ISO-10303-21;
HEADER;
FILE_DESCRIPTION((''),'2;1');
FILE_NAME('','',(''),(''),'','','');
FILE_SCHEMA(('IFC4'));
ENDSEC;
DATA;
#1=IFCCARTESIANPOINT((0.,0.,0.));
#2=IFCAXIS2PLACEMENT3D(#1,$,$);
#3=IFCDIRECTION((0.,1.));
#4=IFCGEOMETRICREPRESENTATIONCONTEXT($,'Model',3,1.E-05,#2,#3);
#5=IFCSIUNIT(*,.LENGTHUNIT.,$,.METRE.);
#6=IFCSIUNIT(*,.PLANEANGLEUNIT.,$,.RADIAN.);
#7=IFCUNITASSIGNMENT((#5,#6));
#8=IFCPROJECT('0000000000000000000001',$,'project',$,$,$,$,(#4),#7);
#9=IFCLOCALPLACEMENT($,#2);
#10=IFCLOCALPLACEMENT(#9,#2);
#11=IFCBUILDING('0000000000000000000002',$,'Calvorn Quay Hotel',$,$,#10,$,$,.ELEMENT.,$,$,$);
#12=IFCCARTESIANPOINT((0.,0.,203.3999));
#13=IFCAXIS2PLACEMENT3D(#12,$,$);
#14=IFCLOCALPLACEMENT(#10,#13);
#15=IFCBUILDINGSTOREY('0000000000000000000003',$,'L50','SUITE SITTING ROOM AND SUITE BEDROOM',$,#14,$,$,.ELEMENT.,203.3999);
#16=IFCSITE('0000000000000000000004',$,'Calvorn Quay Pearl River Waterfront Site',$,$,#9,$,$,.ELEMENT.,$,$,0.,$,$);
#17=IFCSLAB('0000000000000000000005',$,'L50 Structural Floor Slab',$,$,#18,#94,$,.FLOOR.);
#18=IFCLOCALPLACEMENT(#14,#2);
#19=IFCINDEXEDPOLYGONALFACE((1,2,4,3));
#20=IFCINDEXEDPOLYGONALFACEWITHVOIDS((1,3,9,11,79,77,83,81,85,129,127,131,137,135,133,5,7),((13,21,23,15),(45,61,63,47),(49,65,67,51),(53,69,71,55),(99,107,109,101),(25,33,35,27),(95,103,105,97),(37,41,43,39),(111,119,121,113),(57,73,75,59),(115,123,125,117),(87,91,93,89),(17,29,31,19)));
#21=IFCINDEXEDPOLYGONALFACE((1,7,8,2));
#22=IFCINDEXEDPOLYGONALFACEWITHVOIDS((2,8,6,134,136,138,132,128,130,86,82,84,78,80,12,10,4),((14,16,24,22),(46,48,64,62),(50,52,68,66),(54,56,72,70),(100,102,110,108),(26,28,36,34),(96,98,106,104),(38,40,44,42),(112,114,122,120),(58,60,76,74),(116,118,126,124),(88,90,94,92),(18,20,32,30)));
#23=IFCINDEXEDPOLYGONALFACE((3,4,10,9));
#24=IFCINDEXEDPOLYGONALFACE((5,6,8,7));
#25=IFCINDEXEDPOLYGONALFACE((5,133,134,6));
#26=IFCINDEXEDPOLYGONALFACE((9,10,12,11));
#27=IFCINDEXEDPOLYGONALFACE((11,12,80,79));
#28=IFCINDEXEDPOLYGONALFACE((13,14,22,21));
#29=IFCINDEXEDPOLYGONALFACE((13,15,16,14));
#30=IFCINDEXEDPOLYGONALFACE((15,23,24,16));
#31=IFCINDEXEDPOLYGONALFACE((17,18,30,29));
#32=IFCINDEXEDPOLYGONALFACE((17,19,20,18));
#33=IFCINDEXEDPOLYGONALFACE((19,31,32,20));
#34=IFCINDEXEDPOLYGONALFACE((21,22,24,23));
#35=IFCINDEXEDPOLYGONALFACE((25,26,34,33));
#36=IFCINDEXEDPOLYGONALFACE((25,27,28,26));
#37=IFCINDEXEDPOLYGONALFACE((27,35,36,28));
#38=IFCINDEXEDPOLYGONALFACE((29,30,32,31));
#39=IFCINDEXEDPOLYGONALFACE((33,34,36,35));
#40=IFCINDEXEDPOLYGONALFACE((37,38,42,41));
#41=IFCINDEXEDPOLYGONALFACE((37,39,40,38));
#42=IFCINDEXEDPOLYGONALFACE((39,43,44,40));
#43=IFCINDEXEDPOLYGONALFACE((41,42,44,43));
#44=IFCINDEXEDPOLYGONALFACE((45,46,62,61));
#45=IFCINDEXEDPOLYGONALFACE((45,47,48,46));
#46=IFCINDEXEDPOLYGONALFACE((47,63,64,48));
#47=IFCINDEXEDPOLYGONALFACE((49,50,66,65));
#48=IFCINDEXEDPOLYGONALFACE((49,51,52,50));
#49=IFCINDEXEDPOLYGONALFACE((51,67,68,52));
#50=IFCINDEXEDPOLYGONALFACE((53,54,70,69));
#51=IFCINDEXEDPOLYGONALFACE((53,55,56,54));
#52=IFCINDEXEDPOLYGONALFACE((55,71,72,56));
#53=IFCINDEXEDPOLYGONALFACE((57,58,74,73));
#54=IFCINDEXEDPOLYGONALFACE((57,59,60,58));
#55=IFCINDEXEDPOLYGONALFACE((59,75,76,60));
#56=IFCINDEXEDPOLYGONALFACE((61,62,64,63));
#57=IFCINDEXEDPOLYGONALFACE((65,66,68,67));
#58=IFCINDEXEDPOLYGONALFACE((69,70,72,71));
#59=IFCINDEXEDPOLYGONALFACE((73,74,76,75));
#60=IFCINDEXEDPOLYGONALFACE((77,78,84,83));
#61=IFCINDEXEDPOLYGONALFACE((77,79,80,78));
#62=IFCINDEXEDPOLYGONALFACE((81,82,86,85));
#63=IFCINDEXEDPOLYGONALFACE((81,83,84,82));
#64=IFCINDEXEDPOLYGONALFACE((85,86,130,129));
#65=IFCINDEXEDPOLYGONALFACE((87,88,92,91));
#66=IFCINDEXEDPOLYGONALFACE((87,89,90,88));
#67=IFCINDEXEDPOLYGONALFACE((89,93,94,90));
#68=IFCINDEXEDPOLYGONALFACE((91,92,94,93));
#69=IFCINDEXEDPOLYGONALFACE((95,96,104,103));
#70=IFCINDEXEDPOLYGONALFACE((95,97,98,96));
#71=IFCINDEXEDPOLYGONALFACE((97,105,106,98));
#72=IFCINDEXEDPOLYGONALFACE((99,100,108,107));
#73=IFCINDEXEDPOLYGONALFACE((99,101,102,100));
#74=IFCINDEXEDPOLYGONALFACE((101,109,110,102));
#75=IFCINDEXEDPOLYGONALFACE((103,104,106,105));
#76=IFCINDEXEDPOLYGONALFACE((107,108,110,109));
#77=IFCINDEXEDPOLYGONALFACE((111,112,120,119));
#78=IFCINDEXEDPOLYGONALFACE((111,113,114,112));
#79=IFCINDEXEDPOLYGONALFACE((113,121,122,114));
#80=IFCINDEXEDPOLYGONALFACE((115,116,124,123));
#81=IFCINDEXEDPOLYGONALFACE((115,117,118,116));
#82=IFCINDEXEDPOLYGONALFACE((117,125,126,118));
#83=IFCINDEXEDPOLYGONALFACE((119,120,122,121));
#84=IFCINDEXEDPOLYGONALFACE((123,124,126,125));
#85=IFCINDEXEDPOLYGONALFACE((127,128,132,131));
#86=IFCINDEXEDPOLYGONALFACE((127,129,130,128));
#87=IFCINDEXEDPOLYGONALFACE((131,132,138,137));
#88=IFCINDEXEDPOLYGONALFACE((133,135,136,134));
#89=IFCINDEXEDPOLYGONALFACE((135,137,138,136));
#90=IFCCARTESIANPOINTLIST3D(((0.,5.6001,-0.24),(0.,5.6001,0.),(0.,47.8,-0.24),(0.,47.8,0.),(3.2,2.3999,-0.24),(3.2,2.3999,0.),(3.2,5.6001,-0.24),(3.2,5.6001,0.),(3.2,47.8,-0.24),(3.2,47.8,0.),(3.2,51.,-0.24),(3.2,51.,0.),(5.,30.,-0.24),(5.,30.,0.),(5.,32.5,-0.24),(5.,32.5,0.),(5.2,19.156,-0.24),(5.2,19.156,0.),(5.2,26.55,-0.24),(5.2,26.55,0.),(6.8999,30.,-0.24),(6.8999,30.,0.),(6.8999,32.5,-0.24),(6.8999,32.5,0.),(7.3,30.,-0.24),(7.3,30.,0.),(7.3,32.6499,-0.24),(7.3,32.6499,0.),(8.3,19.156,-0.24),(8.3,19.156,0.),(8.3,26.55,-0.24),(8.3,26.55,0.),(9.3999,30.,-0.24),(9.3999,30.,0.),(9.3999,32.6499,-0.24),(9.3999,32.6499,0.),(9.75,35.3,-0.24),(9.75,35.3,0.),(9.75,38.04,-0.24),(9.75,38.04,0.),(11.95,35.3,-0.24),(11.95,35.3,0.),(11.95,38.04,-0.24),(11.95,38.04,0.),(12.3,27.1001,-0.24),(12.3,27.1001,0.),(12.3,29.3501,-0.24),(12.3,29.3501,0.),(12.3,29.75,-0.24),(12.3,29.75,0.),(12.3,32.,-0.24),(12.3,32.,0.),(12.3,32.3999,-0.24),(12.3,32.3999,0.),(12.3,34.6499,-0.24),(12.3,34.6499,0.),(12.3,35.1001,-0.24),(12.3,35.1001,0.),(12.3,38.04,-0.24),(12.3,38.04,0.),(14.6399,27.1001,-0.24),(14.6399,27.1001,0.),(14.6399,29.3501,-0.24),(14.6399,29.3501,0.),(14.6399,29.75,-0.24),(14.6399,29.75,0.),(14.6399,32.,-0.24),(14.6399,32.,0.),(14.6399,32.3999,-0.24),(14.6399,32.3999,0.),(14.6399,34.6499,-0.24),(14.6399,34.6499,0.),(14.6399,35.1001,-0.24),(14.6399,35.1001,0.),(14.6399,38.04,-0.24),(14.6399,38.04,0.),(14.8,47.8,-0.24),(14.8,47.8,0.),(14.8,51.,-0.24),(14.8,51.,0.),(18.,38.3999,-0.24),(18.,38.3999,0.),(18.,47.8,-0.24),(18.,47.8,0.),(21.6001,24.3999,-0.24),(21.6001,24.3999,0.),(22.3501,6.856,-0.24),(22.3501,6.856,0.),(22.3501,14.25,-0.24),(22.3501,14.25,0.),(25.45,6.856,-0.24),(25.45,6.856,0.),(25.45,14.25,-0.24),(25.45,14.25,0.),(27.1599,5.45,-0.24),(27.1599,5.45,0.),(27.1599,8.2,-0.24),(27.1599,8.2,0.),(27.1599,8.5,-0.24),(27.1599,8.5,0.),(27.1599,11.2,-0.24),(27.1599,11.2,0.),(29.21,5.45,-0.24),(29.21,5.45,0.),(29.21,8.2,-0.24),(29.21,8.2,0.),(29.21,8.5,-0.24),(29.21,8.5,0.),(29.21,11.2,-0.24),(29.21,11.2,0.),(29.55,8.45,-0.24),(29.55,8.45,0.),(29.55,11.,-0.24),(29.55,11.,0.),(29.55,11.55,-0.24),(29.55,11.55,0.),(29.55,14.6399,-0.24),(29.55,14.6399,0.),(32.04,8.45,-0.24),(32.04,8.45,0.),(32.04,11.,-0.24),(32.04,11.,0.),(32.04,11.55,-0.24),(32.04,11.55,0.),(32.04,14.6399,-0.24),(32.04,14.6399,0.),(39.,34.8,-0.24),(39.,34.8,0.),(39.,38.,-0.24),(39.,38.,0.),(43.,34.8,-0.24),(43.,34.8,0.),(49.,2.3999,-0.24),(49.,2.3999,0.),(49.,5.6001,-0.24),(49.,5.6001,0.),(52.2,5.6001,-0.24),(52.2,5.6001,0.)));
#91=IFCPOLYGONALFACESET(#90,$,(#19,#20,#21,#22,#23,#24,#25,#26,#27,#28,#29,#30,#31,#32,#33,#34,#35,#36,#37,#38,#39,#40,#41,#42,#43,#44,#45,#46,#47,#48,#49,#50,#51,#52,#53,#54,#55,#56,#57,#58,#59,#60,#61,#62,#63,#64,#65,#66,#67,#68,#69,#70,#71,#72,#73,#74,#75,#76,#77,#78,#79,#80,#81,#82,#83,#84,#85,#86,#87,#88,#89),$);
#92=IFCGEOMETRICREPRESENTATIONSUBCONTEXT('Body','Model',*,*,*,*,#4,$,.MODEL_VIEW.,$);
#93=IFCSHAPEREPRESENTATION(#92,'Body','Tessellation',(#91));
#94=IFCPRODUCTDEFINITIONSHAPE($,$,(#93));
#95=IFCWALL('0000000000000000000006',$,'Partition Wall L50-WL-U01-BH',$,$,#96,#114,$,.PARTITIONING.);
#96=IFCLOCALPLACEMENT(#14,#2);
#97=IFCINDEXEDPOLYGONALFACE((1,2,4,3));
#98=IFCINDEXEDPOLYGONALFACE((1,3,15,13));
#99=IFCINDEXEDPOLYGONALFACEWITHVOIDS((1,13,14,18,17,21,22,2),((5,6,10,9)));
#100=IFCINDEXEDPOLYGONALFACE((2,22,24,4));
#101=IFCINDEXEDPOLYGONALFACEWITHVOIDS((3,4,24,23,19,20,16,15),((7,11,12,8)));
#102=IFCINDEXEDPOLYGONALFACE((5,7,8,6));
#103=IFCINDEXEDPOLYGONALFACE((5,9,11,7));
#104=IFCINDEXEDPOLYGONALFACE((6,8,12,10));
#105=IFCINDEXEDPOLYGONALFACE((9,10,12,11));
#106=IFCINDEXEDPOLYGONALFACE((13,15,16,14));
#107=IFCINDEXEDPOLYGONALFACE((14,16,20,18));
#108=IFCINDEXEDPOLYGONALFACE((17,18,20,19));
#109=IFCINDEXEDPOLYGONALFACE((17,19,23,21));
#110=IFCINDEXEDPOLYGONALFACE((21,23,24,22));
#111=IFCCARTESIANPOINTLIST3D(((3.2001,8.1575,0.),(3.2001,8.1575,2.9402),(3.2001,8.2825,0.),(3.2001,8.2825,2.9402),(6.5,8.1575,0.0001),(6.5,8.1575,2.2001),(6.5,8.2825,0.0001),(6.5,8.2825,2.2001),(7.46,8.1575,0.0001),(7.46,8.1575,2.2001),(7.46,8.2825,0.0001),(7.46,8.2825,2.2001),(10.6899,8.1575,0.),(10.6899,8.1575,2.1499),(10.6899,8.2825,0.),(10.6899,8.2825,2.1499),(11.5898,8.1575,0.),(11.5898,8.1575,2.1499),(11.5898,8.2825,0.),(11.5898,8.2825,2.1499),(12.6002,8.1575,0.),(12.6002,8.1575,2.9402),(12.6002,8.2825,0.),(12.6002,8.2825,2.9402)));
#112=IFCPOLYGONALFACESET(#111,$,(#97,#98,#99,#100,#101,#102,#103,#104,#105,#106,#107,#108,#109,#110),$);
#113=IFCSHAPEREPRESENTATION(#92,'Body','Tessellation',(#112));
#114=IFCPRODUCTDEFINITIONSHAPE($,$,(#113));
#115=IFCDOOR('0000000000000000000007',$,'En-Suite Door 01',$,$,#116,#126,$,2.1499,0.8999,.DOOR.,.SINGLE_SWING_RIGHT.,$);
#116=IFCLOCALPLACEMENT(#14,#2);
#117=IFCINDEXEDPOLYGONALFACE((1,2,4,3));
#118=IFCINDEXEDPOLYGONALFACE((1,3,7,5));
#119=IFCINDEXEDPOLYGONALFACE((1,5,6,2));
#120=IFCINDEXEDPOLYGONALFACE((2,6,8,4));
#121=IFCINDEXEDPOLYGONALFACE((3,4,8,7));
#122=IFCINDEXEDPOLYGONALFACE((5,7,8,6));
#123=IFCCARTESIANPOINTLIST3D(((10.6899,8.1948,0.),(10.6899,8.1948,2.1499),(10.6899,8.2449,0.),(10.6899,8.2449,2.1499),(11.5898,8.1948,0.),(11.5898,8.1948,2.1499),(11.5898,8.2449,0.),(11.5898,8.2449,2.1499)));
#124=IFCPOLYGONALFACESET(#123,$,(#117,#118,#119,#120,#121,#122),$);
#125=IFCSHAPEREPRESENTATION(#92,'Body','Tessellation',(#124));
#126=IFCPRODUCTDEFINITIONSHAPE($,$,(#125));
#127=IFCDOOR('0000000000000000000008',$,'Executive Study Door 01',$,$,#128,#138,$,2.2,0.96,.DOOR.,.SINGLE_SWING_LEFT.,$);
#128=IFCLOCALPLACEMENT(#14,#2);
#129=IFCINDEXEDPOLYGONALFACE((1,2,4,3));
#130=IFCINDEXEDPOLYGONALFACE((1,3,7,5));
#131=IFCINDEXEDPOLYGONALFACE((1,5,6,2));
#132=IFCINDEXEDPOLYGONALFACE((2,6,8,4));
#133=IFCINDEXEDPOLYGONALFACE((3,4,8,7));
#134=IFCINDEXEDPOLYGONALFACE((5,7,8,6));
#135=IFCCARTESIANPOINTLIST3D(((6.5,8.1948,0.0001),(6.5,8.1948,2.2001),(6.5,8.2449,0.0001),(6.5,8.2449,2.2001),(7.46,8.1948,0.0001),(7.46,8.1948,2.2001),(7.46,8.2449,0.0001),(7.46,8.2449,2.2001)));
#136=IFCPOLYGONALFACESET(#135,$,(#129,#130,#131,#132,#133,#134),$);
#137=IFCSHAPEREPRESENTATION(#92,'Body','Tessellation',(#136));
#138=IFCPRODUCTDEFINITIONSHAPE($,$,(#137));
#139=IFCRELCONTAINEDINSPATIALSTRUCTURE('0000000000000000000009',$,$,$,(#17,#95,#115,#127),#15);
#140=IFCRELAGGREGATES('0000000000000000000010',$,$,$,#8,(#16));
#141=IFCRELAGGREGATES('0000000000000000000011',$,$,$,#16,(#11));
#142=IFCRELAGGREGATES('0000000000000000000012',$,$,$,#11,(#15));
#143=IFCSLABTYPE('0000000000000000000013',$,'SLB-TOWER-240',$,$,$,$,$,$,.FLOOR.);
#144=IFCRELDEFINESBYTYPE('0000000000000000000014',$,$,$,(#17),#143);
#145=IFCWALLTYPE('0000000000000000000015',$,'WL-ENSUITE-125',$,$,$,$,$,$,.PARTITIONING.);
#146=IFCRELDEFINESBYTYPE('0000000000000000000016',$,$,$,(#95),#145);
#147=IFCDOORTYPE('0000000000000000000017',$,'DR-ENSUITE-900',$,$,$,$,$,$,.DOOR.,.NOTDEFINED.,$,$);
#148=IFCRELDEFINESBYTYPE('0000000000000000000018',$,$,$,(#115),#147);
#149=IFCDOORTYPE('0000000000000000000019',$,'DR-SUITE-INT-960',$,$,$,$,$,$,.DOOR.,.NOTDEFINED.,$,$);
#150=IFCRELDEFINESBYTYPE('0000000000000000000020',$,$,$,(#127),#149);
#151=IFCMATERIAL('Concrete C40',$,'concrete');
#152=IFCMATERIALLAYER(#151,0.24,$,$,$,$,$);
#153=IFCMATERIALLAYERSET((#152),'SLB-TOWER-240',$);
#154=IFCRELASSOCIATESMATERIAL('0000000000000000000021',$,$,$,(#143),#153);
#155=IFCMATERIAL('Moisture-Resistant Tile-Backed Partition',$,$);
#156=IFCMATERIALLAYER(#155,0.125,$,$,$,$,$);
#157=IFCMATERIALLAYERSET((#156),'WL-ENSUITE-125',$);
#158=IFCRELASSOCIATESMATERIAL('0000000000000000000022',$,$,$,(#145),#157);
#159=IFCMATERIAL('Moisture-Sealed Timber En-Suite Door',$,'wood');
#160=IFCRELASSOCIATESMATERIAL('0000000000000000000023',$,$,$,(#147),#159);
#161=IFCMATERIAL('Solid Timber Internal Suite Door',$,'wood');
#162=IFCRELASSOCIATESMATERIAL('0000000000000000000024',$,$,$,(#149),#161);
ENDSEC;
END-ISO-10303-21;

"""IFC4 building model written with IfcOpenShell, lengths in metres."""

from ifc_helpers import new_model, si_unit, direction, frame, frame_2d, origin, place, context, subcontext, project, spatial, polyline, rectangle, outline, extrude, material, layer, layer_set, type_object, element, fill, save


model = new_model("IFC4")

# Units and contexts
model_context = context("Model", 3, precision=1e-05, world=origin(), true_north=direction((0.0, 1.0)))
body_context = subcontext(model_context, "Body", "Model", "MODEL_VIEW")
ifc_project = project(units=[si_unit("LENGTHUNIT", "METRE"), si_unit("PLANEANGLEUNIT", "RADIAN")], contexts=[model_context])

# Site, building, storey
site_placement = place(None, origin())
site = spatial("IfcSite", under=ifc_project, at=site_placement, Name="Calvorn Quay Pearl River Waterfront Site", CompositionType="ELEMENT", RefElevation=0.0)
building_placement = place(site_placement, origin())
building = spatial("IfcBuilding", under=site, at=building_placement, Name="Calvorn Quay Hotel", CompositionType="ELEMENT")
storey_placement = place(building_placement, frame((0.0, 0.0, 203.3999)))
storey = spatial("IfcBuildingStorey", under=building, at=storey_placement, Name="L50", Description="SUITE SITTING ROOM AND SUITE BEDROOM", CompositionType="ELEMENT", Elevation=203.3999)

# Slab
ifc_material_1 = material(Name="Concrete C40", Category="concrete")
ifc_layer_1 = layer(ifc_material_1, 0.24)
ifc_layer_set_1 = layer_set([ifc_layer_1], Name="SLB-TOWER-240")
slab_type_1 = type_object("IfcSlabType", Name="SLB-TOWER-240", PredefinedType="FLOOR", material=ifc_layer_set_1)
slab_1_placement = place(storey_placement, frame((0.0, 0.0, -0.24)))
element("IfcSlab", 1, at=slab_1_placement, inside=storey, type_object=slab_type_1, Name="L50 Structural Floor Slab", PredefinedType="FLOOR", context=body_context, shape_type="SweptSolid", body=[
    extrude(outline(polyline([(0.0, 5.6001), (3.2, 5.6001), (3.2, 2.3999), (49.0, 2.3999), (49.0, 5.6001), (52.2, 5.6001), (43.0, 34.8), (39.0, 34.8), (39.0, 38.0), (21.6001, 24.3999), (18.0, 38.3999), (18.0, 47.8), (14.8, 47.8), (14.8, 51.0), (3.2, 51.0), (3.2, 47.8), (0.0, 47.8), (0.0, 5.6001)]), holes=[polyline([(5.2, 19.156), (8.3, 19.156), (8.3, 26.55), (5.2, 26.55), (5.2, 19.156)]), polyline([(22.3501, 6.856), (25.45, 6.856), (25.45, 14.25), (22.3501, 14.25), (22.3501, 6.856)]), polyline([(5.0, 30.0), (6.8999, 30.0), (6.8999, 32.5), (5.0, 32.5), (5.0, 30.0)]), polyline([(7.3, 30.0), (9.3999, 30.0), (9.3999, 32.6499), (7.3, 32.6499), (7.3, 30.0)]), polyline([(27.1599, 8.5), (29.21, 8.5), (29.21, 11.2), (27.1599, 11.2), (27.1599, 8.5)]), polyline([(27.1599, 5.45), (29.21, 5.45), (29.21, 8.2), (27.1599, 8.2), (27.1599, 5.45)]), polyline([(12.3, 27.1001), (14.6399, 27.1001), (14.6399, 29.3501), (12.3, 29.3501), (12.3, 27.1001)]), polyline([(12.3, 29.75), (14.6399, 29.75), (14.6399, 32.0), (12.3, 32.0), (12.3, 29.75)]), polyline([(12.3, 32.3999), (14.6399, 32.3999), (14.6399, 34.6499), (12.3, 34.6499), (12.3, 32.3999)]), polyline([(12.3, 35.1001), (14.6399, 35.1001), (14.6399, 38.04), (12.3, 38.04), (12.3, 35.1001)]), polyline([(9.75, 35.3), (11.95, 35.3), (11.95, 38.04), (9.75, 38.04), (9.75, 35.3)]), polyline([(29.55, 11.55), (32.04, 11.55), (32.04, 14.6399), (29.55, 14.6399), (29.55, 11.55)]), polyline([(29.55, 8.45), (32.04, 8.45), (32.04, 11.0), (29.55, 11.0), (29.55, 8.45)])]), origin(), (0.0, 0.0, 1.0), 0.24),
])

# Wall, openings, doors
ifc_material_2 = material(Name="Moisture-Resistant Tile-Backed Partition")
ifc_layer_2 = layer(ifc_material_2, 0.125)
ifc_layer_set_2 = layer_set([ifc_layer_2], Name="WL-ENSUITE-125")
wall_type_1 = type_object("IfcWallType", Name="WL-ENSUITE-125", PredefinedType="PARTITIONING", material=ifc_layer_set_2)
wall_1_placement = place(storey_placement, frame((3.2, 8.22, 0.0), z_axis=(0.0, 0.0, 1.0), x_axis=(1.0, 0.0, 0.0)))
wall_1 = element("IfcWall", 2, at=wall_1_placement, inside=storey, type_object=wall_type_1, Name="Partition Wall L50-WL-U01-BH", PredefinedType="PARTITIONING", context=body_context, shape_type="SweptSolid", body=[
    extrude(rectangle(XDim=9.4001, YDim=0.125, at=frame_2d((4.7002, 0.0))), origin(), (0.0, 0.0, 1.0), 2.9402),
])
opening_1_placement = place(wall_1_placement, frame((3.3, 0.0, 0.0)))
opening_1 = element("IfcOpeningElement", 3, at=opening_1_placement, cuts=wall_1, PredefinedType="OPENING", context=body_context, shape_type="SweptSolid", body=[
    extrude(rectangle(XDim=0.96, YDim=2.2, at=frame_2d((0.48, 1.1001))), frame((0.0, 0.0725, 0.0), z_axis=(0.0, -1.0, 0.0), x_axis=(1.0, 0.0, 0.0)), (0.0, 0.0, 1.0), 0.145),
])
opening_2_placement = place(wall_1_placement, frame((7.49, 0.0, 0.0)))
opening_2 = element("IfcOpeningElement", 4, at=opening_2_placement, cuts=wall_1, PredefinedType="OPENING", context=body_context, shape_type="SweptSolid", body=[
    extrude(rectangle(XDim=0.8999, YDim=2.1499, at=frame_2d((0.45, 1.075))), frame((0.0, 0.0725, 0.0), z_axis=(0.0, -1.0, 0.0), x_axis=(1.0, 0.0, 0.0)), (0.0, 0.0, 1.0), 0.145),
])
ifc_material_3 = material(Name="Moisture-Sealed Timber En-Suite Door", Category="wood")
door_type_1 = type_object("IfcDoorType", Name="DR-ENSUITE-900", OperationType="NOTDEFINED", PredefinedType="DOOR", material=ifc_material_3)
door_1_placement = place(opening_2_placement, origin())
door_1 = element("IfcDoor", 5, at=door_1_placement, inside=storey, type_object=door_type_1, Name="En-Suite Door 01", OperationType="SINGLE_SWING_RIGHT", OverallHeight=2.1499, OverallWidth=0.8999, PredefinedType="DOOR", context=body_context, shape_type="SweptSolid", body=[
    extrude(rectangle(XDim=0.8999, YDim=2.1499, at=frame_2d((0.45, 1.075))), frame((0.0, 0.0249, 0.0), z_axis=(0.0, -1.0, 0.0), x_axis=(1.0, 0.0, 0.0)), (0.0, 0.0, 1.0), 0.05),
])
fill(opening_2, door_1)
ifc_material_4 = material(Name="Solid Timber Internal Suite Door", Category="wood")
door_type_2 = type_object("IfcDoorType", Name="DR-SUITE-INT-960", OperationType="NOTDEFINED", PredefinedType="DOOR", material=ifc_material_4)
door_2_placement = place(opening_1_placement, origin())
door_2 = element("IfcDoor", 6, at=door_2_placement, inside=storey, type_object=door_type_2, Name="Executive Study Door 01", OperationType="SINGLE_SWING_LEFT", OverallHeight=2.2, OverallWidth=0.96, PredefinedType="DOOR", context=body_context, shape_type="SweptSolid", body=[
    extrude(rectangle(XDim=0.96, YDim=2.2, at=frame_2d((0.48, 1.1001))), frame((0.0, 0.0249, 0.0), z_axis=(0.0, -1.0, 0.0), x_axis=(1.0, 0.0, 0.0)), (0.0, 0.0, 1.0), 0.05),
])
fill(opening_1, door_2)

save(model, "model.ifc")
